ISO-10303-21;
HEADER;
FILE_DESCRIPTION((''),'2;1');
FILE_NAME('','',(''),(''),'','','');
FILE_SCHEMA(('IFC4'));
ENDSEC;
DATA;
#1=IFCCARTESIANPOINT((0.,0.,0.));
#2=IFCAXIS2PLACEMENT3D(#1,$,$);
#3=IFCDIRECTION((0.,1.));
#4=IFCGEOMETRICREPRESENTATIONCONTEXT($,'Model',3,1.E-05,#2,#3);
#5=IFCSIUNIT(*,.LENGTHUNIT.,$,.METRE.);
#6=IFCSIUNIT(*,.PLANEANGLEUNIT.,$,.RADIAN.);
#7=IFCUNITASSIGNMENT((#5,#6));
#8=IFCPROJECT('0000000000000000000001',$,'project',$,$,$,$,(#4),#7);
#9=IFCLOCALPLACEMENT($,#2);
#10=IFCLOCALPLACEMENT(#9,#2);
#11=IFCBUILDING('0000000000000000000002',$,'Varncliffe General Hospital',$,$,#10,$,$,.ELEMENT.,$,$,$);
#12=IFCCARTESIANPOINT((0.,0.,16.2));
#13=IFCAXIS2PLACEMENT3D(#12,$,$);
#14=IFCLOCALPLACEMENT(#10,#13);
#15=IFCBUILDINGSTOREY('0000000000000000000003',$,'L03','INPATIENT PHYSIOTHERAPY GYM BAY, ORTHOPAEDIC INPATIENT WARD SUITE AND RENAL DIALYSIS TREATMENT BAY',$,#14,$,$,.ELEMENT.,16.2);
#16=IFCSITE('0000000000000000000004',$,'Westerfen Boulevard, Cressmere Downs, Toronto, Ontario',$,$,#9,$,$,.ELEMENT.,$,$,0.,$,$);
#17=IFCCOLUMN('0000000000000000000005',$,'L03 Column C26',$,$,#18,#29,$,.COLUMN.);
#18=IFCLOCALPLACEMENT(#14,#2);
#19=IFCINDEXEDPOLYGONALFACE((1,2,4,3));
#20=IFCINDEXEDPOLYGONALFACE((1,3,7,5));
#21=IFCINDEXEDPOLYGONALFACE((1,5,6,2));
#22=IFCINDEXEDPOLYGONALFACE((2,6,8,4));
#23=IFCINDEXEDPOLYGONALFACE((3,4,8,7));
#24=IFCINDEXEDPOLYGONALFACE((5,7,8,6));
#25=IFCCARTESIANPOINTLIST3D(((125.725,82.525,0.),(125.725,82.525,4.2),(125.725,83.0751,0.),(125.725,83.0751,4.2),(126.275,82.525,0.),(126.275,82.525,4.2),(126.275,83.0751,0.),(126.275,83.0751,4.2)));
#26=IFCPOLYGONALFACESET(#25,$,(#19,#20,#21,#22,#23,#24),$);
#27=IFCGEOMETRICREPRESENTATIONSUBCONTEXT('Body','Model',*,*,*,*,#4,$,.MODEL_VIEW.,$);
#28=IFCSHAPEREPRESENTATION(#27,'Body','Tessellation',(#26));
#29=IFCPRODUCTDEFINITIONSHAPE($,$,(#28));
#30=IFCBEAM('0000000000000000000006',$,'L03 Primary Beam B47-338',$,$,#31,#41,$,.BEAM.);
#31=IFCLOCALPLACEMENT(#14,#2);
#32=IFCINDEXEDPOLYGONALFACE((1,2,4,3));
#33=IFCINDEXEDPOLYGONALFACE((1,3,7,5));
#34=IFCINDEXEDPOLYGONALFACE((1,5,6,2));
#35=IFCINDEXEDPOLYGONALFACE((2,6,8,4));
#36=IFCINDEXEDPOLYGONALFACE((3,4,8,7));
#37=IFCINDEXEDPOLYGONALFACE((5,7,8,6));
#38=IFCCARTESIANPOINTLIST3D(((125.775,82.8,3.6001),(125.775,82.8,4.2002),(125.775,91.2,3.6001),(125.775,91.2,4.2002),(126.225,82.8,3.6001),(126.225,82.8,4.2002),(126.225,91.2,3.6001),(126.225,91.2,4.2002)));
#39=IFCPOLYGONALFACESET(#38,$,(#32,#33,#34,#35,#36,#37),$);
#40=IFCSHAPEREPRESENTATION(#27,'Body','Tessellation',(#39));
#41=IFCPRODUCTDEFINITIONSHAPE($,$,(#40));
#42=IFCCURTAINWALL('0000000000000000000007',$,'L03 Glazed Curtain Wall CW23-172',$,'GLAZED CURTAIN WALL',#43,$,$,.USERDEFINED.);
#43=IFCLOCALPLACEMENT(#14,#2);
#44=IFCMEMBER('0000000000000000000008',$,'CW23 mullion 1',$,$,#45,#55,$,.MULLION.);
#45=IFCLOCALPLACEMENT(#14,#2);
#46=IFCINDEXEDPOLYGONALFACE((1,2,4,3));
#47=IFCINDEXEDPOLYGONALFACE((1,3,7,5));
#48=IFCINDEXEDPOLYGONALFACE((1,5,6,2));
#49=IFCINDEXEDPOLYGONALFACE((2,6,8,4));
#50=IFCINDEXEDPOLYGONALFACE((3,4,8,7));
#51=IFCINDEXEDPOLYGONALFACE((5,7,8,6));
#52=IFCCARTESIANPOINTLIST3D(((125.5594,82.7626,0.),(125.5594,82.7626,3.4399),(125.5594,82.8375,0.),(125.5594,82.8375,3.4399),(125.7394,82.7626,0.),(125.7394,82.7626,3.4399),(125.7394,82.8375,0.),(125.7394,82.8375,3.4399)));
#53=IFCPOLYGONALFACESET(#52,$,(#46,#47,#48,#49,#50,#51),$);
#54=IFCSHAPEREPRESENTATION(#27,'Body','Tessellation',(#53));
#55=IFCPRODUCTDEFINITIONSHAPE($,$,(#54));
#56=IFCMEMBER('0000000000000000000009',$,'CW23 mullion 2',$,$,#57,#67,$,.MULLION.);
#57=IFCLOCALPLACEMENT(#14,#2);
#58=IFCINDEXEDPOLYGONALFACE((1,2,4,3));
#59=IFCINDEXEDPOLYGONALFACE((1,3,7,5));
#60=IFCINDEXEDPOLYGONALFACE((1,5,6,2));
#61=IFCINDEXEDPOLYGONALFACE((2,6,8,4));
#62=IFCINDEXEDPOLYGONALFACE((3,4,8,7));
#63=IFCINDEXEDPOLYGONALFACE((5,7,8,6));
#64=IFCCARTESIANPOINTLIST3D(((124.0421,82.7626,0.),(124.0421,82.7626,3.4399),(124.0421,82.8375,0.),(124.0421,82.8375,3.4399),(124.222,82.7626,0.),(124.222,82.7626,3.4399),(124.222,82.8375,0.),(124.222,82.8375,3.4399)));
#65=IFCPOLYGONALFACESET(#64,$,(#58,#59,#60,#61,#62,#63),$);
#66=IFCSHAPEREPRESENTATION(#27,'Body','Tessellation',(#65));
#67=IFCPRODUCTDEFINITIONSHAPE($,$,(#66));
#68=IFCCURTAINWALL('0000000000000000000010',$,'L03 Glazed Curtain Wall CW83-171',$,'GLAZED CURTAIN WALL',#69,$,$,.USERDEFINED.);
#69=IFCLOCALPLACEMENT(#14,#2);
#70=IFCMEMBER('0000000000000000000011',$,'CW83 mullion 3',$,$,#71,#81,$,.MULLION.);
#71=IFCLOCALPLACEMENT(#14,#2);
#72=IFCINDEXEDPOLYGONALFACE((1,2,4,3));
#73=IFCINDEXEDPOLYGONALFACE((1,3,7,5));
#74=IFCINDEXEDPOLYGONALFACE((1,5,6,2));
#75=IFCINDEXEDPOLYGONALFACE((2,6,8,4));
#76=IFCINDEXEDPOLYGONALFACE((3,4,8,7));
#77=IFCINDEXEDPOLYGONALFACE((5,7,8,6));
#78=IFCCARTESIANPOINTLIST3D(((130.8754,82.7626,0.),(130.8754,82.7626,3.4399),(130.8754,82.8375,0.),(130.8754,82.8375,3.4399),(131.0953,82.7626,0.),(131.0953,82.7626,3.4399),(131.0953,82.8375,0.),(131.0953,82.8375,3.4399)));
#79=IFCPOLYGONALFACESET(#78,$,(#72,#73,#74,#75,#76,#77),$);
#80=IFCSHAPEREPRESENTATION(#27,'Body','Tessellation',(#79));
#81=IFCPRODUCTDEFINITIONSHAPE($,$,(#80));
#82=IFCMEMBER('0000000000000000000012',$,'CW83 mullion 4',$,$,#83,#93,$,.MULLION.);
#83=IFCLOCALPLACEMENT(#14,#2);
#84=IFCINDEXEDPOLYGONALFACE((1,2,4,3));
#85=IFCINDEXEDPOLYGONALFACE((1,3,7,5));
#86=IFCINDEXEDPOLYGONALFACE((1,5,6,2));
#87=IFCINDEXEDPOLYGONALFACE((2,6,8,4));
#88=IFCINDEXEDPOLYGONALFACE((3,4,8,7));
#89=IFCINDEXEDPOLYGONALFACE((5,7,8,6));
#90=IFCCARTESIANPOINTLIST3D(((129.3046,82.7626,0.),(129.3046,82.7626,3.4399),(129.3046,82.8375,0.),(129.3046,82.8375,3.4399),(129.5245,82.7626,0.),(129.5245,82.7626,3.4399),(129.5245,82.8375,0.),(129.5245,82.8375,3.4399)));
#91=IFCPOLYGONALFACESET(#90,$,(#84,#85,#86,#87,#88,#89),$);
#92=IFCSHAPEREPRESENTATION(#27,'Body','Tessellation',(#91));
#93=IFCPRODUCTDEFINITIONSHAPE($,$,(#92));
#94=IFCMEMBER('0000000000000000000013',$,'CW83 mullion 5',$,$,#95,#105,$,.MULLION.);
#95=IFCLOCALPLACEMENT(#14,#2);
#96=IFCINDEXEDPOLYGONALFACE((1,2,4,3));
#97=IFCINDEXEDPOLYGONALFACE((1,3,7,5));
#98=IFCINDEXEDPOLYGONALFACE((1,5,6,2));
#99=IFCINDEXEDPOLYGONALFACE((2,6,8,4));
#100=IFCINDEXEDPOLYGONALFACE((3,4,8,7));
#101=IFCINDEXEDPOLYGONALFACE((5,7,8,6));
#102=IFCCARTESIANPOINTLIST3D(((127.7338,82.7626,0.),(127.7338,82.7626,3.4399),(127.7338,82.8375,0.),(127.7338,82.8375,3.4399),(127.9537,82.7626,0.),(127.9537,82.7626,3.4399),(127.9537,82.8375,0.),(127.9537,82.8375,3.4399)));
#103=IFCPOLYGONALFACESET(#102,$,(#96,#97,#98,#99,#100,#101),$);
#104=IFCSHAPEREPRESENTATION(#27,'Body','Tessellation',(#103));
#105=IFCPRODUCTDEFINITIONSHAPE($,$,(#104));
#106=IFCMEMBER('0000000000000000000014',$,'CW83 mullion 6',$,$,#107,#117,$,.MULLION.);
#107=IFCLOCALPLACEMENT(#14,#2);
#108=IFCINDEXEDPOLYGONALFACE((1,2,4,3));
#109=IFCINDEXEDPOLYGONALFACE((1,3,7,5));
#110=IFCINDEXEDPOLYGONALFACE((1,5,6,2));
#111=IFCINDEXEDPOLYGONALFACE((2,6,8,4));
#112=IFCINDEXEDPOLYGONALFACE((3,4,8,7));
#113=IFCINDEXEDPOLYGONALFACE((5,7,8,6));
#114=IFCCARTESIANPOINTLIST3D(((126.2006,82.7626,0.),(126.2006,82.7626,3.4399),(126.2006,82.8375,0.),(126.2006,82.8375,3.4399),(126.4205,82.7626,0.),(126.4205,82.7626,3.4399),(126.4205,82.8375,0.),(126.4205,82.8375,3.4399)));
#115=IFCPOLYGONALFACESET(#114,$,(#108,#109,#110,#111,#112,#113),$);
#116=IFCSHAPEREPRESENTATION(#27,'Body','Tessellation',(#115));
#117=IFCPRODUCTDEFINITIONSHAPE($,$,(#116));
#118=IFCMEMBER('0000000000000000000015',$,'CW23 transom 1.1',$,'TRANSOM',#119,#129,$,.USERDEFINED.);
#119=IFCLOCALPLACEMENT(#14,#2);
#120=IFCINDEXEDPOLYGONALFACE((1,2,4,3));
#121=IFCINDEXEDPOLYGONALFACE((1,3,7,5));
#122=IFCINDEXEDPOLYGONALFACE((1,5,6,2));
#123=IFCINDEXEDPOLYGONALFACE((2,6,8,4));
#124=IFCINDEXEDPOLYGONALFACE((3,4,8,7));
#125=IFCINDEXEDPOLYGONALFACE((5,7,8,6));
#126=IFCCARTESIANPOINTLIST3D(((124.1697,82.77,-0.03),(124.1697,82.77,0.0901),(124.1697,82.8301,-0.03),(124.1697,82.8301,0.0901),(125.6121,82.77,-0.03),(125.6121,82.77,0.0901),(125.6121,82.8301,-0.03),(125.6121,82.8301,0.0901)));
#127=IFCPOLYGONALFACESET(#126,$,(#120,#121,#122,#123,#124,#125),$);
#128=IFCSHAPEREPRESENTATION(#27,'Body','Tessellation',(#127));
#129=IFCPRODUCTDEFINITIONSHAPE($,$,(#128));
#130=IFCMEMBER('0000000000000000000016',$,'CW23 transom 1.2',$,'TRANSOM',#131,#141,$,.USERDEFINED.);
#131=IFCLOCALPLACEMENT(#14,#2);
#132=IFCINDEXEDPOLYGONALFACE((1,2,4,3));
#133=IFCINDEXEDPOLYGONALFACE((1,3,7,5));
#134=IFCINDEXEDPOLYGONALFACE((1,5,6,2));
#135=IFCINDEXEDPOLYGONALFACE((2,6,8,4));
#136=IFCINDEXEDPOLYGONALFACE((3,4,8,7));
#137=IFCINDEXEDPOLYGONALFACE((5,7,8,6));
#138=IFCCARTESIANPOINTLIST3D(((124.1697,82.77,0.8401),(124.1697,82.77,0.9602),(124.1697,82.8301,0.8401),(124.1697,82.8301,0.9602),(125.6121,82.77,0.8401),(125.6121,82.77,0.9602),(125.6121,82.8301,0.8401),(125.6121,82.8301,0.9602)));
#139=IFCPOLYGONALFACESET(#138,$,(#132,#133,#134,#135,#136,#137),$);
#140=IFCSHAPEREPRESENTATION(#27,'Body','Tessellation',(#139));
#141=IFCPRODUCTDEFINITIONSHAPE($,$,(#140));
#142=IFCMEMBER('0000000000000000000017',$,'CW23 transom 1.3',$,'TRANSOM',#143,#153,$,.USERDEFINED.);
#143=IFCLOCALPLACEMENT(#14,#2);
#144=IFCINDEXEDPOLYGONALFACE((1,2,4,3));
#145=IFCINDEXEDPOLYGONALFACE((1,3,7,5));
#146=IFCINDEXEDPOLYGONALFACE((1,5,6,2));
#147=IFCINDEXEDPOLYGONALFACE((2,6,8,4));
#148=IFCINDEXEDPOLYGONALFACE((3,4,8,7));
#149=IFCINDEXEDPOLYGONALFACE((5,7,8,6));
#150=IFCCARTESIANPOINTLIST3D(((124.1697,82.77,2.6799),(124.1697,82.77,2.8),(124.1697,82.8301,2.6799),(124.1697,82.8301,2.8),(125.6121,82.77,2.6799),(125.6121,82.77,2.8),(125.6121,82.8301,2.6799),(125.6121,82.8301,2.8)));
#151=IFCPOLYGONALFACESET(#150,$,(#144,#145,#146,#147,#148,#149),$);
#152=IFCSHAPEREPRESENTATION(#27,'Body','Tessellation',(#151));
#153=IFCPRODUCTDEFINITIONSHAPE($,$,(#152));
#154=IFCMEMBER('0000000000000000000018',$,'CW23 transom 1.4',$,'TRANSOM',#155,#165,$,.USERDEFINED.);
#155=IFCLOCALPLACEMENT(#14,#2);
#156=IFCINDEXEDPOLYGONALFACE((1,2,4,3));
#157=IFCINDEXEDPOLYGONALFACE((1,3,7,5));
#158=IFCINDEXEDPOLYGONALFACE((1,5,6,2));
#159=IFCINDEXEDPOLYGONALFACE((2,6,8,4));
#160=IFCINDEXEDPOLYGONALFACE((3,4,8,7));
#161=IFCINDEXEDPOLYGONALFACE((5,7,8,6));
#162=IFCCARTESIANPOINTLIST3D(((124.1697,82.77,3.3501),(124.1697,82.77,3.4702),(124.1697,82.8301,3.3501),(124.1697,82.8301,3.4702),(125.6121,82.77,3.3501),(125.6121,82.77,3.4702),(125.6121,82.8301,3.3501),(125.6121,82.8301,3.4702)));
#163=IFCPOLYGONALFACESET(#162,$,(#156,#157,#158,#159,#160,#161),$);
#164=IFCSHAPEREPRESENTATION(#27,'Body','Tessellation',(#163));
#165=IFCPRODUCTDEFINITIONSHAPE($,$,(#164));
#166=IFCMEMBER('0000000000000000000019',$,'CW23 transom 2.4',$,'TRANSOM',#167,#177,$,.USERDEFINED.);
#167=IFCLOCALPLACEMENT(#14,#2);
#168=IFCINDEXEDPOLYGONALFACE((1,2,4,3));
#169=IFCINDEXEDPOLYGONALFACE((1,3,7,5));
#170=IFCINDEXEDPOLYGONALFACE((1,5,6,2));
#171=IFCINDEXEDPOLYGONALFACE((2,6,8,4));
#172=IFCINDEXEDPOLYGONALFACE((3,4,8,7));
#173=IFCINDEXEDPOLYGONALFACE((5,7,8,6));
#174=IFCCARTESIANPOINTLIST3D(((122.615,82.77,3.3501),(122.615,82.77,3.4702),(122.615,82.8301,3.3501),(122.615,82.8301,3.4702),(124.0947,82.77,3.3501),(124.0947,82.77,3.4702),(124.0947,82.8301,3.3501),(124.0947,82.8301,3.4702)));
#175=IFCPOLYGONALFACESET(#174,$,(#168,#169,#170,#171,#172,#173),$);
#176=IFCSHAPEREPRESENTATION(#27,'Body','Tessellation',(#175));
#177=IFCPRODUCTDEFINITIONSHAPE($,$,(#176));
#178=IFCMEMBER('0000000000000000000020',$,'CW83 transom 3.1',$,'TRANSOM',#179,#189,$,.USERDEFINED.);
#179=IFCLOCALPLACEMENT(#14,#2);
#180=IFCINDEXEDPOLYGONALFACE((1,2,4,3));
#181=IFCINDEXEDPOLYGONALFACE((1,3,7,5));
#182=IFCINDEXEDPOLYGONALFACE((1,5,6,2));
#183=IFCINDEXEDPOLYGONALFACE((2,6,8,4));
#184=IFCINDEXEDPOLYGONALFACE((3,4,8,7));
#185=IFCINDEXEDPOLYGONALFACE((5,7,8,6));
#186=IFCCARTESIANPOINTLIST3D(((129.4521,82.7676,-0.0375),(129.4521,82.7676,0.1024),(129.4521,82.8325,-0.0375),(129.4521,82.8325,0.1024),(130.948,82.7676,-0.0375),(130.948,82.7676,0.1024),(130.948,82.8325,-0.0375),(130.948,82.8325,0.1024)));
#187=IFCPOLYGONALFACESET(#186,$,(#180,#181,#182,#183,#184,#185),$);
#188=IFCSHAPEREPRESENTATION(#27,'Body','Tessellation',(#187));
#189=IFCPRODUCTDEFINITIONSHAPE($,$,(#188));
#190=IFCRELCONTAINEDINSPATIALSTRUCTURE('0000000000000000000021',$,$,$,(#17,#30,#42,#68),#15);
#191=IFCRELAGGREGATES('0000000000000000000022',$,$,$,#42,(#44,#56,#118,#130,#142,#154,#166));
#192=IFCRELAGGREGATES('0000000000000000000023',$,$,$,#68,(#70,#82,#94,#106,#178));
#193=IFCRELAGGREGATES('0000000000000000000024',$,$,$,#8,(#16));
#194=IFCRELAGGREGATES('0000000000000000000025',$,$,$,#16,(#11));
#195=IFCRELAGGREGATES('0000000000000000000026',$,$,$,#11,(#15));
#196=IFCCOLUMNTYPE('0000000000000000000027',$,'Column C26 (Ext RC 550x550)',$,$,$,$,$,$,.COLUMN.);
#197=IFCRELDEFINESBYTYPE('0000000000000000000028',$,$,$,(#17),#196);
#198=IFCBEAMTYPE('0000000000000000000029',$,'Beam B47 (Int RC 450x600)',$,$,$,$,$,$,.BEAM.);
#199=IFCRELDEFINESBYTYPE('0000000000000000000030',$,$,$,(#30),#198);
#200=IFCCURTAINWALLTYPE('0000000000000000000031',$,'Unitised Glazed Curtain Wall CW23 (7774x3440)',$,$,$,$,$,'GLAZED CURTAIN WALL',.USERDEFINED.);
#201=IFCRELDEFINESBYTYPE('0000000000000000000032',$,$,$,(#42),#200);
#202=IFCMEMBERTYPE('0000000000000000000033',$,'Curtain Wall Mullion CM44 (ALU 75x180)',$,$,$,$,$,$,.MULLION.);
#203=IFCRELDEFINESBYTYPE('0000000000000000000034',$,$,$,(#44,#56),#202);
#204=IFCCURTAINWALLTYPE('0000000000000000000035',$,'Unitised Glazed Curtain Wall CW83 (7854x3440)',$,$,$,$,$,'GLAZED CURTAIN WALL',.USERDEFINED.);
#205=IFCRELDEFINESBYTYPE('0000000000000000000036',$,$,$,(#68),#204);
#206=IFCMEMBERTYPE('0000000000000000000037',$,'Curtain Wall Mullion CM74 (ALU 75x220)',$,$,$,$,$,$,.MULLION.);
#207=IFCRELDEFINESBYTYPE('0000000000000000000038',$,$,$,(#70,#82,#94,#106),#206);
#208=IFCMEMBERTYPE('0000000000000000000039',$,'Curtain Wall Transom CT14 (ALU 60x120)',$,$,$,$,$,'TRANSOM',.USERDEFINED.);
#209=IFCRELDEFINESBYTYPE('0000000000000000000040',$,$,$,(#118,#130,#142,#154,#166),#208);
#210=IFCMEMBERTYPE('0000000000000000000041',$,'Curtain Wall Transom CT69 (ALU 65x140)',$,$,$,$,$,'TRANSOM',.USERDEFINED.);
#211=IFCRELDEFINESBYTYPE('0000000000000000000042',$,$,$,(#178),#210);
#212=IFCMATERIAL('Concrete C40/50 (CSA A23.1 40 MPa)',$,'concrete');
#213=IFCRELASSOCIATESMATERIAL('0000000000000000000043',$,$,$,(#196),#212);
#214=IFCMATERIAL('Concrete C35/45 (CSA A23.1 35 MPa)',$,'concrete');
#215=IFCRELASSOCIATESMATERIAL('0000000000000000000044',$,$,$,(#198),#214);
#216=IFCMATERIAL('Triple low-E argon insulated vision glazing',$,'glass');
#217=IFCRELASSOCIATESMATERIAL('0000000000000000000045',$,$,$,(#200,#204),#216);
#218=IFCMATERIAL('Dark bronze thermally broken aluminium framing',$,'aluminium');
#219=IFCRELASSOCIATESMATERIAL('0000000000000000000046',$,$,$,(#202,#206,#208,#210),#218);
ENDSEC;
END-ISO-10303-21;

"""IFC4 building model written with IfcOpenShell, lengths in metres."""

from ifc_helpers import new_model, si_unit, direction, frame, origin, origin_2d, place, context, subcontext, project, spatial, rectangle, extrude, material, material_profile, profile_set, type_object, element, aggregate, save


model = new_model("IFC4")

# Units and contexts
model_context = context("Model", 3, precision=1e-05, world=origin(), true_north=direction((0.0, 1.0)))
body_context = subcontext(model_context, "Body", "Model", "MODEL_VIEW")
ifc_project = project(units=[si_unit("LENGTHUNIT", "METRE"), si_unit("PLANEANGLEUNIT", "RADIAN")], contexts=[model_context])

# Site, building, storey
site_placement = place(None, origin())
site = spatial("IfcSite", under=ifc_project, at=site_placement, Name="Westerfen Boulevard, Cressmere Downs, Toronto, Ontario", CompositionType="ELEMENT", RefElevation=0.0)
building_placement = place(site_placement, origin())
building = spatial("IfcBuilding", under=site, at=building_placement, Name="Varncliffe General Hospital", CompositionType="ELEMENT")
storey_placement = place(building_placement, frame((0.0, 0.0, 16.2)))
storey = spatial("IfcBuildingStorey", under=building, at=storey_placement, Name="L03", Description="INPATIENT PHYSIOTHERAPY GYM BAY, ORTHOPAEDIC INPATIENT WARD SUITE AND RENAL DIALYSIS TREATMENT BAY", CompositionType="ELEMENT", Elevation=16.2)

# Column
ifc_material_1 = material(Name="Concrete C40/50 (CSA A23.1 40 MPa)", Category="concrete")
ifc_material_profile_1 = material_profile(ifc_material_1, rectangle(XDim=0.55, YDim=0.55, at=origin_2d()), Name="RC 550x550")
ifc_profile_set_1 = profile_set([ifc_material_profile_1], Name="Concrete C40/50 (CSA A23.1 40 MPa)")
column_type = type_object("IfcColumnType", Name="Column C26 (Ext RC 550x550)", PredefinedType="COLUMN", material=ifc_profile_set_1)
column_placement = place(storey_placement, frame((126.0, 82.8, 0.0), z_axis=(0.0, 0.0, 1.0), x_axis=(1.0, 0.0, 0.0)))
element("IfcColumn", 1, at=column_placement, inside=storey, type_object=column_type, Name="L03 Column C26", PredefinedType="COLUMN", context=body_context, shape_type="SweptSolid", body=[
    extrude(rectangle(XDim=0.55, YDim=0.55, at=origin_2d()), origin(), (0.0, 0.0, 1.0), 4.2),
])

# Beam
ifc_material_2 = material(Name="Concrete C35/45 (CSA A23.1 35 MPa)", Category="concrete")
ifc_material_profile_2 = material_profile(ifc_material_2, rectangle(XDim=0.45, YDim=0.6001, at=origin_2d()), Name="RC 450x600")
ifc_profile_set_2 = profile_set([ifc_material_profile_2], Name="Concrete C35/45 (CSA A23.1 35 MPa)")
beam_type_1 = type_object("IfcBeamType", Name="Beam B47 (Int RC 450x600)", PredefinedType="BEAM", material=ifc_profile_set_2)
beam_1_placement = place(storey_placement, frame((126.0, 82.8, 3.9001), z_axis=(0.0, 1.0, 0.0), x_axis=(-1.0, 0.0, 0.0)))
element("IfcBeam", 2, at=beam_1_placement, inside=storey, type_object=beam_type_1, Name="L03 Primary Beam B47-338", PredefinedType="BEAM", context=body_context, shape_type="SweptSolid", body=[
    extrude(rectangle(XDim=0.45, YDim=0.6001, at=origin_2d()), origin(), (0.0, 0.0, 1.0), 8.3999),
])

# Curtain walls, members
ifc_material_3 = material(Name="Triple low-E argon insulated vision glazing", Category="glass")
curtain_wall_type_1 = type_object("IfcCurtainWallType", Name="Unitised Glazed Curtain Wall CW23 (7774x3440)", ElementType="GLAZED CURTAIN WALL", PredefinedType="USERDEFINED", material=ifc_material_3)
curtain_wall_1_placement = place(storey_placement, origin())
curtain_wall_1 = element("IfcCurtainWall", 3, at=curtain_wall_1_placement, inside=storey, type_object=curtain_wall_type_1, Name="L03 Glazed Curtain Wall CW23-172", ObjectType="GLAZED CURTAIN WALL", PredefinedType="USERDEFINED")
ifc_material_4 = material(Name="Dark bronze thermally broken aluminium framing", Category="aluminium")
ifc_material_profile_3 = material_profile(ifc_material_4, rectangle(XDim=0.075, YDim=0.1799, at=origin_2d()), Name="ALU 75x180")
ifc_profile_set_3 = profile_set([ifc_material_profile_3], Name="Dark bronze thermally broken aluminium framing")
member_type_1 = type_object("IfcMemberType", Name="Curtain Wall Mullion CM44 (ALU 75x180)", PredefinedType="MULLION", material=ifc_profile_set_3)
member_1_placement = place(storey_placement, frame((125.6494, 82.8, 0.0), z_axis=(0.0, 0.0, 1.0), x_axis=(0.0, -1.0, 0.0)))
member_1 = element("IfcMember", 4, at=member_1_placement, type_object=member_type_1, Name="CW23 mullion 1", PredefinedType="MULLION", context=body_context, shape_type="SweptSolid", body=[
    extrude(rectangle(XDim=0.075, YDim=0.1799, at=origin_2d()), origin(), (0.0, 0.0, 1.0), 3.4399),
])
member_2_placement = place(storey_placement, frame((124.1321, 82.8, 0.0), z_axis=(0.0, 0.0, 1.0), x_axis=(0.0, -1.0, 0.0)))
member_2 = element("IfcMember", 5, at=member_2_placement, type_object=member_type_1, Name="CW23 mullion 2", PredefinedType="MULLION", context=body_context, shape_type="SweptSolid", body=[
    extrude(rectangle(XDim=0.075, YDim=0.1799, at=origin_2d()), origin(), (0.0, 0.0, 1.0), 3.4399),
])
curtain_wall_type_2 = type_object("IfcCurtainWallType", Name="Unitised Glazed Curtain Wall CW83 (7854x3440)", ElementType="GLAZED CURTAIN WALL", PredefinedType="USERDEFINED", material=ifc_material_3)
curtain_wall_2_placement = place(storey_placement, origin())
curtain_wall_2 = element("IfcCurtainWall", 6, at=curtain_wall_2_placement, inside=storey, type_object=curtain_wall_type_2, Name="L03 Glazed Curtain Wall CW83-171", ObjectType="GLAZED CURTAIN WALL", PredefinedType="USERDEFINED")
ifc_material_profile_4 = material_profile(ifc_material_4, rectangle(XDim=0.075, YDim=0.22, at=origin_2d()), Name="ALU 75x220")
ifc_profile_set_4 = profile_set([ifc_material_profile_4], Name="Dark bronze thermally broken aluminium framing")
member_type_2 = type_object("IfcMemberType", Name="Curtain Wall Mullion CM74 (ALU 75x220)", PredefinedType="MULLION", material=ifc_profile_set_4)
member_3_placement = place(storey_placement, frame((130.9854, 82.8, 0.0), z_axis=(0.0, 0.0, 1.0), x_axis=(0.0, -1.0, 0.0)))
member_3 = element("IfcMember", 7, at=member_3_placement, type_object=member_type_2, Name="CW83 mullion 3", PredefinedType="MULLION", context=body_context, shape_type="SweptSolid", body=[
    extrude(rectangle(XDim=0.075, YDim=0.22, at=origin_2d()), origin(), (0.0, 0.0, 1.0), 3.4399),
])
member_4_placement = place(storey_placement, frame((129.4146, 82.8, 0.0), z_axis=(0.0, 0.0, 1.0), x_axis=(0.0, -1.0, 0.0)))
member_4 = element("IfcMember", 8, at=member_4_placement, type_object=member_type_2, Name="CW83 mullion 4", PredefinedType="MULLION", context=body_context, shape_type="SweptSolid", body=[
    extrude(rectangle(XDim=0.075, YDim=0.22, at=origin_2d()), origin(), (0.0, 0.0, 1.0), 3.4399),
])
member_5_placement = place(storey_placement, frame((127.8438, 82.8, 0.0), z_axis=(0.0, 0.0, 1.0), x_axis=(0.0, -1.0, 0.0)))
member_5 = element("IfcMember", 9, at=member_5_placement, type_object=member_type_2, Name="CW83 mullion 5", PredefinedType="MULLION", context=body_context, shape_type="SweptSolid", body=[
    extrude(rectangle(XDim=0.075, YDim=0.22, at=origin_2d()), origin(), (0.0, 0.0, 1.0), 3.4399),
])
member_6_placement = place(storey_placement, frame((126.3105, 82.8, 0.0), z_axis=(0.0, 0.0, 1.0), x_axis=(0.0, -1.0, 0.0)))
member_6 = element("IfcMember", 10, at=member_6_placement, type_object=member_type_2, Name="CW83 mullion 6", PredefinedType="MULLION", context=body_context, shape_type="SweptSolid", body=[
    extrude(rectangle(XDim=0.075, YDim=0.22, at=origin_2d()), origin(), (0.0, 0.0, 1.0), 3.4399),
])

# Members
ifc_material_profile_5 = material_profile(ifc_material_4, rectangle(XDim=0.0601, YDim=0.1201, at=origin_2d()), Name="ALU 60x120")
ifc_profile_set_5 = profile_set([ifc_material_profile_5], Name="Dark bronze thermally broken aluminium framing")
member_type_3 = type_object("IfcMemberType", Name="Curtain Wall Transom CT14 (ALU 60x120)", ElementType="TRANSOM", PredefinedType="USERDEFINED", material=ifc_profile_set_5)
member_7_placement = place(storey_placement, frame((125.6121, 82.8, 0.03), z_axis=(-1.0, 0.0, 0.0), x_axis=(0.0, -1.0, 0.0)))
member_7 = element("IfcMember", 11, at=member_7_placement, type_object=member_type_3, Name="CW23 transom 1.1", ObjectType="TRANSOM", PredefinedType="USERDEFINED", context=body_context, shape_type="SweptSolid", body=[
    extrude(rectangle(XDim=0.0601, YDim=0.1201, at=origin_2d()), origin(), (0.0, 0.0, 1.0), 1.4424),
])
member_8_placement = place(storey_placement, frame((125.6121, 82.8, 0.9001), z_axis=(-1.0, 0.0, 0.0), x_axis=(0.0, -1.0, 0.0)))
member_8 = element("IfcMember", 12, at=member_8_placement, type_object=member_type_3, Name="CW23 transom 1.2", ObjectType="TRANSOM", PredefinedType="USERDEFINED", context=body_context, shape_type="SweptSolid", body=[
    extrude(rectangle(XDim=0.0601, YDim=0.1201, at=origin_2d()), origin(), (0.0, 0.0, 1.0), 1.4424),
])
member_9_placement = place(storey_placement, frame((125.6121, 82.8, 2.74), z_axis=(-1.0, 0.0, 0.0), x_axis=(0.0, -1.0, 0.0)))
member_9 = element("IfcMember", 13, at=member_9_placement, type_object=member_type_3, Name="CW23 transom 1.3", ObjectType="TRANSOM", PredefinedType="USERDEFINED", context=body_context, shape_type="SweptSolid", body=[
    extrude(rectangle(XDim=0.0601, YDim=0.1201, at=origin_2d()), origin(), (0.0, 0.0, 1.0), 1.4424),
])
member_10_placement = place(storey_placement, frame((125.6121, 82.8, 3.4102), z_axis=(-1.0, 0.0, 0.0), x_axis=(0.0, -1.0, 0.0)))
member_10 = element("IfcMember", 14, at=member_10_placement, type_object=member_type_3, Name="CW23 transom 1.4", ObjectType="TRANSOM", PredefinedType="USERDEFINED", context=body_context, shape_type="SweptSolid", body=[
    extrude(rectangle(XDim=0.0601, YDim=0.1201, at=origin_2d()), origin(), (0.0, 0.0, 1.0), 1.4424),
])
member_11_placement = place(storey_placement, frame((124.0947, 82.8, 3.4102), z_axis=(-1.0, 0.0, 0.0), x_axis=(0.0, -1.0, 0.0)))
member_11 = element("IfcMember", 15, at=member_11_placement, type_object=member_type_3, Name="CW23 transom 2.4", ObjectType="TRANSOM", PredefinedType="USERDEFINED", context=body_context, shape_type="SweptSolid", body=[
    extrude(rectangle(XDim=0.0601, YDim=0.1201, at=origin_2d()), origin(), (0.0, 0.0, 1.0), 1.4797),
])
ifc_material_profile_6 = material_profile(ifc_material_4, rectangle(XDim=0.0649, YDim=0.1399, at=origin_2d()), Name="ALU 65x140")
ifc_profile_set_6 = profile_set([ifc_material_profile_6], Name="Dark bronze thermally broken aluminium framing")
member_type_4 = type_object("IfcMemberType", Name="Curtain Wall Transom CT69 (ALU 65x140)", ElementType="TRANSOM", PredefinedType="USERDEFINED", material=ifc_profile_set_6)
member_12_placement = place(storey_placement, frame((130.948, 82.8, 0.0325), z_axis=(-1.0, 0.0, 0.0), x_axis=(0.0, -1.0, 0.0)))
member_12 = element("IfcMember", 16, at=member_12_placement, type_object=member_type_4, Name="CW83 transom 3.1", ObjectType="TRANSOM", PredefinedType="USERDEFINED", context=body_context, shape_type="SweptSolid", body=[
    extrude(rectangle(XDim=0.0649, YDim=0.1399, at=origin_2d()), origin(), (0.0, 0.0, 1.0), 1.4958),
])

aggregate(curtain_wall_1, [member_1, member_2, member_7, member_8, member_9, member_10, member_11])
aggregate(curtain_wall_2, [member_3, member_4, member_5, member_6, member_12])

save(model, "model.ifc")
